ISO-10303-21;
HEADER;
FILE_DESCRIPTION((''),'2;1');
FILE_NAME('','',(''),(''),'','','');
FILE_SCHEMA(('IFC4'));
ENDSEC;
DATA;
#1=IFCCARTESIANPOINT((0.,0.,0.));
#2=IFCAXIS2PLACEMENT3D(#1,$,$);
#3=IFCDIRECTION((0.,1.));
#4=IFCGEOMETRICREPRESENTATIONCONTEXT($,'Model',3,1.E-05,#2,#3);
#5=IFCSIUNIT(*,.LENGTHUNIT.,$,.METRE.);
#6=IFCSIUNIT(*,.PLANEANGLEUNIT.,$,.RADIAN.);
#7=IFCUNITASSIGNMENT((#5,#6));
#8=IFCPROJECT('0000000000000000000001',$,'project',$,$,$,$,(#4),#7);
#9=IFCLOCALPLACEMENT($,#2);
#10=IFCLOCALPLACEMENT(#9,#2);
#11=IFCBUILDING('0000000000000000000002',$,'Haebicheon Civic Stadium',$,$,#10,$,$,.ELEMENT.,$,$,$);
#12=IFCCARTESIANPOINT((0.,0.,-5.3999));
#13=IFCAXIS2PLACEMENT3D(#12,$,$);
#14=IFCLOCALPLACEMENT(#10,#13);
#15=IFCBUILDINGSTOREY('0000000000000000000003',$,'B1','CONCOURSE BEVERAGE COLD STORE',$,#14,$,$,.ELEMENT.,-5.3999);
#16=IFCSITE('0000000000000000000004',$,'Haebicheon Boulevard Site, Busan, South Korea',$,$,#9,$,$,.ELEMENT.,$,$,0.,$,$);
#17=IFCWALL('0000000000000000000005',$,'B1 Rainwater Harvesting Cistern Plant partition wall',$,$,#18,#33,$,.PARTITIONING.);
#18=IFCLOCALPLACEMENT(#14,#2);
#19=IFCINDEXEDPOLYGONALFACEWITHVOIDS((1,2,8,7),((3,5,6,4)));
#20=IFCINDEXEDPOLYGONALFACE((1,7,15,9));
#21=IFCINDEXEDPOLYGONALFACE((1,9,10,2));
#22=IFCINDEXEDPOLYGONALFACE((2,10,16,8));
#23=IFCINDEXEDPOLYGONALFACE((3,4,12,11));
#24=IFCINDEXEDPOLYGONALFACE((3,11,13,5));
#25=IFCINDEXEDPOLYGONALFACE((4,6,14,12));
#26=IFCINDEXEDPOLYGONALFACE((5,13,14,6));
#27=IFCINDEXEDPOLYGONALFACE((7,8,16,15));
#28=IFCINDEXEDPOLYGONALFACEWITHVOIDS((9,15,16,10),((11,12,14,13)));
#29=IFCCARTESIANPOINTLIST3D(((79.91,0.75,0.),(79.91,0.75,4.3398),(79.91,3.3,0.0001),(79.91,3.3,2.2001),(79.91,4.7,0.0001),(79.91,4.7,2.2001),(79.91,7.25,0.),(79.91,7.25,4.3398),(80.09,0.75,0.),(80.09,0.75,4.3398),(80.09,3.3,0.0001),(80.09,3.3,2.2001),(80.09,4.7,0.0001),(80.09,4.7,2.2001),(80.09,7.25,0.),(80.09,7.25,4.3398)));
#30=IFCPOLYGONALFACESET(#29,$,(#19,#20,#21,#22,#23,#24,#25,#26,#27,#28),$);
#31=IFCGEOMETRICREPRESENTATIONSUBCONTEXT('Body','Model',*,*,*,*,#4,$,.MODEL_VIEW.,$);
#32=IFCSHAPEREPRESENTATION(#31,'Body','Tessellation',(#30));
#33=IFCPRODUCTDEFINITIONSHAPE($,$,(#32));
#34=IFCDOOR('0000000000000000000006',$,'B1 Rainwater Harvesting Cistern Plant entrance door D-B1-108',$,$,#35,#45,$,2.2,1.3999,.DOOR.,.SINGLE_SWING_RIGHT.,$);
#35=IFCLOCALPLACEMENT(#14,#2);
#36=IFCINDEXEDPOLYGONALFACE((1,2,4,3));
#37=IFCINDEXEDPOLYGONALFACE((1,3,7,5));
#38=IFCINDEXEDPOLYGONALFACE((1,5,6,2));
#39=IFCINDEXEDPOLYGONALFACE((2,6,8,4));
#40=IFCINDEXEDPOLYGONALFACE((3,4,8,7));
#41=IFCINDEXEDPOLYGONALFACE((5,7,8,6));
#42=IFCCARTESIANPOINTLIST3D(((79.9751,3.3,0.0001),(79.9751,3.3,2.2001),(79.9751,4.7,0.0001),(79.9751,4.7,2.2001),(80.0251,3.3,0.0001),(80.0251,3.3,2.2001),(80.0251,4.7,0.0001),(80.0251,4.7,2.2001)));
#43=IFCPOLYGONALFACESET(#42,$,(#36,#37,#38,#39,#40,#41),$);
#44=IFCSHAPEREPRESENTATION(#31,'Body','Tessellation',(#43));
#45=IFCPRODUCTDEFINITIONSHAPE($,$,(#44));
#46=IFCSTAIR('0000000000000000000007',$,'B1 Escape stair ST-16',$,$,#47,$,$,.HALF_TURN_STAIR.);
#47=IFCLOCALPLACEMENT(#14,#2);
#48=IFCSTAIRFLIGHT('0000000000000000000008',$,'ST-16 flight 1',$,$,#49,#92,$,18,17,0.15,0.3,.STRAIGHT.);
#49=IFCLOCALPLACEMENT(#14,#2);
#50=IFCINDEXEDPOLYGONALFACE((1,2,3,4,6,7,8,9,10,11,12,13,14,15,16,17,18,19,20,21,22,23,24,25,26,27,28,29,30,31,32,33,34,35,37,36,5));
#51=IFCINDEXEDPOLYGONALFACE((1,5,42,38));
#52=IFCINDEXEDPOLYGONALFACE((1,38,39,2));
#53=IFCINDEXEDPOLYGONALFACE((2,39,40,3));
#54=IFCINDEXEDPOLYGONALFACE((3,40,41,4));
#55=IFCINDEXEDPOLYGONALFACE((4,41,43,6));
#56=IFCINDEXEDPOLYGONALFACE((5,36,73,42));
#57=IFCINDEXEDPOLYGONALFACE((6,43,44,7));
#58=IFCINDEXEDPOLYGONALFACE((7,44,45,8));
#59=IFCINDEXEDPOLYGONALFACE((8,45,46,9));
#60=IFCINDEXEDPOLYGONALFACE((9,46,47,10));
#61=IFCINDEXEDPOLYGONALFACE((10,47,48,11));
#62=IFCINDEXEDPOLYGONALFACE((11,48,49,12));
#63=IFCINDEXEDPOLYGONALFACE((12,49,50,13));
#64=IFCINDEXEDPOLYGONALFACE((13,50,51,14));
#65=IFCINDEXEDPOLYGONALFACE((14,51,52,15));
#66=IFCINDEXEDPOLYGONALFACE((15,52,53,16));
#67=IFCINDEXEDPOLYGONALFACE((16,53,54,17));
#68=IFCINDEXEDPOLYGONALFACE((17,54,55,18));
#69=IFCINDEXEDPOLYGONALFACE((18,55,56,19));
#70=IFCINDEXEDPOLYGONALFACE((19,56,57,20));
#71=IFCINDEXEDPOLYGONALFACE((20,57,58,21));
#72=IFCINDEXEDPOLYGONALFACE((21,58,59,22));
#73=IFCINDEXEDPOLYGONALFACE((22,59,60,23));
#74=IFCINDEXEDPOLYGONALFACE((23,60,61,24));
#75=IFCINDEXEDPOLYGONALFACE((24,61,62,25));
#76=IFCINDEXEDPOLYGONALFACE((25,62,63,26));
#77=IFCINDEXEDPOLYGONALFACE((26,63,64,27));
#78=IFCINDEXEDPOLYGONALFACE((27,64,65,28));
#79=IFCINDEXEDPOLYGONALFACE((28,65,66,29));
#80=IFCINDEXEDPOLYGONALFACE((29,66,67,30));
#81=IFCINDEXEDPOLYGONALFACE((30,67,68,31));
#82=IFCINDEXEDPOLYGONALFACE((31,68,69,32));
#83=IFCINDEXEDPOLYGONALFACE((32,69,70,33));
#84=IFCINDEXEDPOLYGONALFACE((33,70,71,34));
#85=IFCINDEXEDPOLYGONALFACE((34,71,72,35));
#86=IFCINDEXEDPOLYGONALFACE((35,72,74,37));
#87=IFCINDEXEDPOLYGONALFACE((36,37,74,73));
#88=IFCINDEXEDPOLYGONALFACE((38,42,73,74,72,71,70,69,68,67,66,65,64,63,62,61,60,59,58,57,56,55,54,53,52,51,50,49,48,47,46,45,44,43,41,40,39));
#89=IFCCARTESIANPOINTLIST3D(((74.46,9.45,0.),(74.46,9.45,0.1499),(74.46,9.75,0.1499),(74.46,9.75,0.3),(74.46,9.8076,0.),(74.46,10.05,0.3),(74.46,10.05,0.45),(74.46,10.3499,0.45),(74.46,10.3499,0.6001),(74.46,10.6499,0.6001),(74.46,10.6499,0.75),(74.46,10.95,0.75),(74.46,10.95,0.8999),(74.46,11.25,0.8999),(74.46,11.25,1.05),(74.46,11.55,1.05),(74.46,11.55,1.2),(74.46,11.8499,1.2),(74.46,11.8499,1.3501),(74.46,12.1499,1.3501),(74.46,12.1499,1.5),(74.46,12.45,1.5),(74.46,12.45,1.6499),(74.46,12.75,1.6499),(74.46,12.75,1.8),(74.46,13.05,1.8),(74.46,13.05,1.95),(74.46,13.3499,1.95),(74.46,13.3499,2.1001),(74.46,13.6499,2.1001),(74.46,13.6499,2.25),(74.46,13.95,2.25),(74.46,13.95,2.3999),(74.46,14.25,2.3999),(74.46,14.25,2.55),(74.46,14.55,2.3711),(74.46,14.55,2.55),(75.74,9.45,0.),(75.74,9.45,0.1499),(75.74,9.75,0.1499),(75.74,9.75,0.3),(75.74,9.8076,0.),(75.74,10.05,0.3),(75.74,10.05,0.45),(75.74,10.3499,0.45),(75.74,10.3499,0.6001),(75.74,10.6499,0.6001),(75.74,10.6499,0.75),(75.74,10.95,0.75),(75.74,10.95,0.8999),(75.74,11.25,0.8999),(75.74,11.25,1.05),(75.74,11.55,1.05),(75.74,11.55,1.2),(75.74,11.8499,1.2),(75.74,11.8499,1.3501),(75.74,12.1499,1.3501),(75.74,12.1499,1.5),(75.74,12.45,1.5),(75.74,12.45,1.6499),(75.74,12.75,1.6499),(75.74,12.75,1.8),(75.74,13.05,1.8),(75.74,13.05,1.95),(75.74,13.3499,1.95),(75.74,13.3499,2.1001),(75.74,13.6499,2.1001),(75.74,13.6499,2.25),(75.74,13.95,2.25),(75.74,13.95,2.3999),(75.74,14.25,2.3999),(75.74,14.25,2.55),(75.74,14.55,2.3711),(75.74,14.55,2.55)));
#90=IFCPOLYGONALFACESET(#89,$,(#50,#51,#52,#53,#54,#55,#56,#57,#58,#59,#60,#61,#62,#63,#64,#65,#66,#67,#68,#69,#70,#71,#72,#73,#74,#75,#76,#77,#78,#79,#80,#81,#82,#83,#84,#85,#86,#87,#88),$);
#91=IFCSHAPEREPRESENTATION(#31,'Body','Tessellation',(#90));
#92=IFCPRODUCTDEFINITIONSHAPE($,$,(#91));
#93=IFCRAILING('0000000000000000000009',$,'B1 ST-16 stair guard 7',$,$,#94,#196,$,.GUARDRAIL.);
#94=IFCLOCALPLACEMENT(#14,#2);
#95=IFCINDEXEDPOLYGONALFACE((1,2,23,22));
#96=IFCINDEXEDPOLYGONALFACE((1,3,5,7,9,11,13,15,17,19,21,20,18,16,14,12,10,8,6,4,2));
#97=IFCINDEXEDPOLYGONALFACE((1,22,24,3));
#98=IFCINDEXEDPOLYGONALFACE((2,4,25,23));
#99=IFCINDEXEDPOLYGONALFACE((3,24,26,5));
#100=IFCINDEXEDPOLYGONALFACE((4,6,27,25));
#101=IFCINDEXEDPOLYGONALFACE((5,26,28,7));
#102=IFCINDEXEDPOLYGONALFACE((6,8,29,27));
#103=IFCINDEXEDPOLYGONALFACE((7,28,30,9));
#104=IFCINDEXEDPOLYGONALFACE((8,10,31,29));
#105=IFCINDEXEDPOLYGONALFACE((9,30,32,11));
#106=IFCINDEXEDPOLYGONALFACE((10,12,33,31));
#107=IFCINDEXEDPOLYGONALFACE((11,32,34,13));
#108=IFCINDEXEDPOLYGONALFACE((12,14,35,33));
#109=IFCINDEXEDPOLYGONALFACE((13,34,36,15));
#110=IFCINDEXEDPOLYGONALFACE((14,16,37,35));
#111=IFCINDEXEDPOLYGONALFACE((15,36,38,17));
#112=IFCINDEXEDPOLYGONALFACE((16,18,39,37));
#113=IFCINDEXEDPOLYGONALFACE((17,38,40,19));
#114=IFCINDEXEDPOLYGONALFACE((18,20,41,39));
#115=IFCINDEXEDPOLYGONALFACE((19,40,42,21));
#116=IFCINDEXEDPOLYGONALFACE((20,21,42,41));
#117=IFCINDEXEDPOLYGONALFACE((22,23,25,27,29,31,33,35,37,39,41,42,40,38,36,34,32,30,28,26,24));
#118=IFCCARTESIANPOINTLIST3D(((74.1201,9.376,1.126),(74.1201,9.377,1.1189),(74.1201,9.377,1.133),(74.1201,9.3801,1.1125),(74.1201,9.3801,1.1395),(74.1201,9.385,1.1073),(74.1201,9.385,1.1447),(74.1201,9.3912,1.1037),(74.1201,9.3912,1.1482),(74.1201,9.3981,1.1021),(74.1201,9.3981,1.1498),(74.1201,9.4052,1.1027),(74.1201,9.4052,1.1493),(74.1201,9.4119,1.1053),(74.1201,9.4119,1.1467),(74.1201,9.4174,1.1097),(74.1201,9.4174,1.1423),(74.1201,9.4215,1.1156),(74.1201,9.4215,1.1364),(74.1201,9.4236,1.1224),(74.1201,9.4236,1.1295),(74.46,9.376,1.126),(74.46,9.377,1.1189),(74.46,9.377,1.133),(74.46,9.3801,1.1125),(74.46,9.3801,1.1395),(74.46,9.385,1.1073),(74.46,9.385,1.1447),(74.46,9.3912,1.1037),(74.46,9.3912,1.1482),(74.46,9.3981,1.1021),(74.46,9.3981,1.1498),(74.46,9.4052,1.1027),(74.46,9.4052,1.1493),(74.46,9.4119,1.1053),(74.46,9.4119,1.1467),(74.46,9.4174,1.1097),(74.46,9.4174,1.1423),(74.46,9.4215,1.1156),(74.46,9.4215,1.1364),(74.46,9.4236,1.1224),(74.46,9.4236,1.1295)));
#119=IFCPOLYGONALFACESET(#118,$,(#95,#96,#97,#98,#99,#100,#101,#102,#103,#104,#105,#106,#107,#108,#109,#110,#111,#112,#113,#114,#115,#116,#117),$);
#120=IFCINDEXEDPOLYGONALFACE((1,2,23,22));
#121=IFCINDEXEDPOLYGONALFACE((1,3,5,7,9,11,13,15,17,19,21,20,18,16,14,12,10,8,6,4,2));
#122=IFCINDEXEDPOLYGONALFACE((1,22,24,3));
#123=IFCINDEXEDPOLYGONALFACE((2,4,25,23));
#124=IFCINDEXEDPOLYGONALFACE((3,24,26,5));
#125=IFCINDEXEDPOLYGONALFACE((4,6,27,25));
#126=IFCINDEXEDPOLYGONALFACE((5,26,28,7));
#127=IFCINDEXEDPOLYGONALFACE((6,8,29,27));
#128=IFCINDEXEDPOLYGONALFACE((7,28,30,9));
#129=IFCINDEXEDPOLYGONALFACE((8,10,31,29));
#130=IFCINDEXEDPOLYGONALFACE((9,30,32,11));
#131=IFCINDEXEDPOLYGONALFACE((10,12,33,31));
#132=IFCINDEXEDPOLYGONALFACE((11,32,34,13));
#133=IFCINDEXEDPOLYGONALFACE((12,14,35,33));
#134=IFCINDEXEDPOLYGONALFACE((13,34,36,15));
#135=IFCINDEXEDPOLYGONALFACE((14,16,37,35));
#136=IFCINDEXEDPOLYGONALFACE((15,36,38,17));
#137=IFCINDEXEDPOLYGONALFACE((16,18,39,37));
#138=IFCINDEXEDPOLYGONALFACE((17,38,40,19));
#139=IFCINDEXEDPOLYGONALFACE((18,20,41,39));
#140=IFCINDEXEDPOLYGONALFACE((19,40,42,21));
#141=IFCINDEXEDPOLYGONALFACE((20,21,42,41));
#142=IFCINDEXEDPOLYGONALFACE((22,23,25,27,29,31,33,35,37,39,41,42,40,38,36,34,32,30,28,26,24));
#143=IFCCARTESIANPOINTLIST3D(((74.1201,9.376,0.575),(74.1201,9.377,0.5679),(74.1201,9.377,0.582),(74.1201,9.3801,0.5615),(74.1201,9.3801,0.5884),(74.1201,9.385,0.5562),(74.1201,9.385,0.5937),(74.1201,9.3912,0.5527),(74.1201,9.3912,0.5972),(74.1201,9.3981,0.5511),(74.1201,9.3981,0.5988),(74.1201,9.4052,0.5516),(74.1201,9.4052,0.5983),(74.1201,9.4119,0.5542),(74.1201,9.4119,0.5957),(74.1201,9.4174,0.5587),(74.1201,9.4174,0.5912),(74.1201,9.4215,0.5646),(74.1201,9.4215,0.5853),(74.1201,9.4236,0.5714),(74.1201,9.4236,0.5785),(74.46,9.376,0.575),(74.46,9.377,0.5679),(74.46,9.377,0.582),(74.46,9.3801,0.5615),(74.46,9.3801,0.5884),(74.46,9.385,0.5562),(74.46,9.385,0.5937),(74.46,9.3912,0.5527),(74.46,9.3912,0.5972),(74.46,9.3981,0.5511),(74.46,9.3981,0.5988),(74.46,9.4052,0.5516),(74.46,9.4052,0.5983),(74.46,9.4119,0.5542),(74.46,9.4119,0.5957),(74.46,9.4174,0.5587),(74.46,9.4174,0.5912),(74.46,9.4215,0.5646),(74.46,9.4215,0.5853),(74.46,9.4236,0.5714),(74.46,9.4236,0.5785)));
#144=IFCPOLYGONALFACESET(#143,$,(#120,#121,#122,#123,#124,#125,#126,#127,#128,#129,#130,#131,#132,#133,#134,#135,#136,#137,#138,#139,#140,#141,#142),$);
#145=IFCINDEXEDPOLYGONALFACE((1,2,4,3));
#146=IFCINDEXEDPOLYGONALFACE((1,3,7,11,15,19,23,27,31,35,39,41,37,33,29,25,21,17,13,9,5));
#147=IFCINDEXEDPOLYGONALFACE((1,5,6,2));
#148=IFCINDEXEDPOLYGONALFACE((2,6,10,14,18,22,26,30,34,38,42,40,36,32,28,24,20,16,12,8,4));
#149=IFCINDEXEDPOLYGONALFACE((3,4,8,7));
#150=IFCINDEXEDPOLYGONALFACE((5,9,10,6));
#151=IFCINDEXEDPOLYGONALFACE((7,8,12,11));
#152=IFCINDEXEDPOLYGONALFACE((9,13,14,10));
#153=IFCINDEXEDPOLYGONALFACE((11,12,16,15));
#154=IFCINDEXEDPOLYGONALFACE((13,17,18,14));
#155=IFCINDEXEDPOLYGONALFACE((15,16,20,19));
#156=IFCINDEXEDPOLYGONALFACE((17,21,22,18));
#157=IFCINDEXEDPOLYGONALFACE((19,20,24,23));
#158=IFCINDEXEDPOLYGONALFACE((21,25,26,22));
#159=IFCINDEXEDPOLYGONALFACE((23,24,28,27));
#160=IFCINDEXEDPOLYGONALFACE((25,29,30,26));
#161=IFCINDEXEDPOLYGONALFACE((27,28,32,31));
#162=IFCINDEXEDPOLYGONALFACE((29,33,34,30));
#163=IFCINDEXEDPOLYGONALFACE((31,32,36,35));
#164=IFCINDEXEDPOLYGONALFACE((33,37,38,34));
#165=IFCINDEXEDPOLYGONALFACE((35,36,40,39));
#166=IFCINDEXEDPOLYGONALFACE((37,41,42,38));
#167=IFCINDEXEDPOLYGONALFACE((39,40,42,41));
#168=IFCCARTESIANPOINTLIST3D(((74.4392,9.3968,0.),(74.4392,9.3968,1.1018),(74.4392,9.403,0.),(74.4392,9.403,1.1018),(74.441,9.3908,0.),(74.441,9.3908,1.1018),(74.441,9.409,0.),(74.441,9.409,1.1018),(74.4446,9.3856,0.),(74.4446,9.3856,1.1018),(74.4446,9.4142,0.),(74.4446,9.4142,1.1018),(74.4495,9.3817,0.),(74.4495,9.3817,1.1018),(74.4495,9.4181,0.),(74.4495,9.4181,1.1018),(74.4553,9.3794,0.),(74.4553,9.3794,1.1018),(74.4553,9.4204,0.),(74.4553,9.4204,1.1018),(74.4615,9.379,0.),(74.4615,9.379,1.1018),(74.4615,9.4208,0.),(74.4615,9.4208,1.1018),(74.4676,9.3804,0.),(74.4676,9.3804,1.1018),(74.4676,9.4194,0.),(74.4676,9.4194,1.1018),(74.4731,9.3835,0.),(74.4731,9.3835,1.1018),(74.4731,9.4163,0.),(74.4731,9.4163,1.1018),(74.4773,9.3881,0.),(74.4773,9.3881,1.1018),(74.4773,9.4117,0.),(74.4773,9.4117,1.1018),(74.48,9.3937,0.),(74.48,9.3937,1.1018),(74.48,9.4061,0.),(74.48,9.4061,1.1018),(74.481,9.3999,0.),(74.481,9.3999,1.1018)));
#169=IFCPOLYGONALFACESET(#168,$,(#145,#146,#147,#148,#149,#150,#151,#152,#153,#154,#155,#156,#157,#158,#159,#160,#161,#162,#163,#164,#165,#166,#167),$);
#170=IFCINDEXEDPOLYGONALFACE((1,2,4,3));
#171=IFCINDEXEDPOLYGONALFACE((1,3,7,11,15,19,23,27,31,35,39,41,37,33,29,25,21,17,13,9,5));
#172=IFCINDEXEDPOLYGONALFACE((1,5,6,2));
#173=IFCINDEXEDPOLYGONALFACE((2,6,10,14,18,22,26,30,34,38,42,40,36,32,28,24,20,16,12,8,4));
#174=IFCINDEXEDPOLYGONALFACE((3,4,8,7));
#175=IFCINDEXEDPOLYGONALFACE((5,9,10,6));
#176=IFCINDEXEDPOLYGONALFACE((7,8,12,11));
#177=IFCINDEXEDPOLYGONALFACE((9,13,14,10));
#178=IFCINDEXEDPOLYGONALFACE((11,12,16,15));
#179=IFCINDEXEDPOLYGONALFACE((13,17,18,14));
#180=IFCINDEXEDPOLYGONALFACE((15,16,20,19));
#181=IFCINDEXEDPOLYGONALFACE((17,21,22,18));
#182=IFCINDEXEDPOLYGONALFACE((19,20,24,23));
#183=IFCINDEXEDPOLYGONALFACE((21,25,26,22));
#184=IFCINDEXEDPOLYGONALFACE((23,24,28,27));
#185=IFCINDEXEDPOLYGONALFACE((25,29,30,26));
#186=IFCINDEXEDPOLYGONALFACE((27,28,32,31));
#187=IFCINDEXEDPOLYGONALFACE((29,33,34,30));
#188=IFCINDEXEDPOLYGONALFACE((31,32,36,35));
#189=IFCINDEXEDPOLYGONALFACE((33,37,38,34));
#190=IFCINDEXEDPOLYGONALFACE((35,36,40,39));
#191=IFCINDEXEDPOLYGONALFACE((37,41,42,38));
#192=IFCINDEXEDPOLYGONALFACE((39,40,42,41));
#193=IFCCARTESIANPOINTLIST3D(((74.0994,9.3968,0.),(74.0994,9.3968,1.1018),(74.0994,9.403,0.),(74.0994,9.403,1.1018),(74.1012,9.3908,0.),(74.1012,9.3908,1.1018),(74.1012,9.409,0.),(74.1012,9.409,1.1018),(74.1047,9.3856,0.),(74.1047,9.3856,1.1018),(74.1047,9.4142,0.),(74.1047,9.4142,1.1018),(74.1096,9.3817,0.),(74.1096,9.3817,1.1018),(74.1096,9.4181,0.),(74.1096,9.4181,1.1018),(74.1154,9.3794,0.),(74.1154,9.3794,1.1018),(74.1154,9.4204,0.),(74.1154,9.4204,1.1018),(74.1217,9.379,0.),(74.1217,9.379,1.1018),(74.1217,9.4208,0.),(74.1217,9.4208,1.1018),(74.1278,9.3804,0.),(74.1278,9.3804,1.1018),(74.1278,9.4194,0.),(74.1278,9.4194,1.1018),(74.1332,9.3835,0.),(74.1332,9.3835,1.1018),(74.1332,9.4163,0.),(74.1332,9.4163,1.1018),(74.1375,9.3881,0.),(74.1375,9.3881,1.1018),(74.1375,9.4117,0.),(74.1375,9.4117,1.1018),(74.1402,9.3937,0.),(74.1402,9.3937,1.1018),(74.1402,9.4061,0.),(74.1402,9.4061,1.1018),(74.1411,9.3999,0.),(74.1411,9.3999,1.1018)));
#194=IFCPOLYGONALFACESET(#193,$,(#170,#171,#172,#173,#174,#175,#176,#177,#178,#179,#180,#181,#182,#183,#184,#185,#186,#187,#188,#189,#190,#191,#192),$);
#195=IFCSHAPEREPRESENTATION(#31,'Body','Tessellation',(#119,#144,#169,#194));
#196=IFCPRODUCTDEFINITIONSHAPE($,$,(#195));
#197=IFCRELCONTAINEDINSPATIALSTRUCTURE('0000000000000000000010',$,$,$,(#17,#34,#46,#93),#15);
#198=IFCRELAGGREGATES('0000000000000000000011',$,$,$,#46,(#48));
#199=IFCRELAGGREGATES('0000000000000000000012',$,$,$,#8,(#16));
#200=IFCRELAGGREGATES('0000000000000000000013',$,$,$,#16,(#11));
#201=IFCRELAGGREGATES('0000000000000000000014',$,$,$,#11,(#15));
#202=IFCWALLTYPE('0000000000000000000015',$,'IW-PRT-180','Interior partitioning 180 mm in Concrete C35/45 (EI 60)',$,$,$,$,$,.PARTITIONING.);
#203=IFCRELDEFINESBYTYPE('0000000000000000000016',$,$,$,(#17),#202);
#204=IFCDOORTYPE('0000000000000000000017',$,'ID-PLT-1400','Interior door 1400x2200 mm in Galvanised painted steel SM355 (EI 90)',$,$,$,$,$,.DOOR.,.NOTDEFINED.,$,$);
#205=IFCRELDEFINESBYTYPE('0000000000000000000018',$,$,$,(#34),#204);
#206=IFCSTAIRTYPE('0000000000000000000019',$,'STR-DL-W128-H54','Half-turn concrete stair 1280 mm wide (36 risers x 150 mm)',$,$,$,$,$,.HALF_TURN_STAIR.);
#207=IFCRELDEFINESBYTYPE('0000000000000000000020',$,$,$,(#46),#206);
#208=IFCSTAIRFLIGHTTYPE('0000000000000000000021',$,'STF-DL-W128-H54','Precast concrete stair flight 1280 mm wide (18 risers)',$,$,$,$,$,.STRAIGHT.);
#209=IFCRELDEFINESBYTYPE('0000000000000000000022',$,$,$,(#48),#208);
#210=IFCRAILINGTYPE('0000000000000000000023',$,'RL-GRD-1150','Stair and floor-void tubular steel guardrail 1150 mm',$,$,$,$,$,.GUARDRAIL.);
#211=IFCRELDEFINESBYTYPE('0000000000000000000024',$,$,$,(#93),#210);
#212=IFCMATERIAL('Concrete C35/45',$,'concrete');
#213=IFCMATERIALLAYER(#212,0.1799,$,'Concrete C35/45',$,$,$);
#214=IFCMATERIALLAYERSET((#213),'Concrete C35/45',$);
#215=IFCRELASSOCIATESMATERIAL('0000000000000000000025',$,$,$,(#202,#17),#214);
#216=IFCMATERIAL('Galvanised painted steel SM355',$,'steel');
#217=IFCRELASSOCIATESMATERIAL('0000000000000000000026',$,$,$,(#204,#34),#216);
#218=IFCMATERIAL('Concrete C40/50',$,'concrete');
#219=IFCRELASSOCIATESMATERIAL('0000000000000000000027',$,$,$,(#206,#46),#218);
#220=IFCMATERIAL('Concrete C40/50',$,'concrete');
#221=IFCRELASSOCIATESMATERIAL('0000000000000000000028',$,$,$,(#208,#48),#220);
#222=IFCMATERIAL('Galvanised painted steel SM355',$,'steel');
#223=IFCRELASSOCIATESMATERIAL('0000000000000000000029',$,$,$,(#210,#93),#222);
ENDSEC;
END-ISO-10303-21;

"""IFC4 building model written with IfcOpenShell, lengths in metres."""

from ifc_helpers import new_model, si_unit, direction, frame, frame_2d, origin, origin_2d, place, context, subcontext, project, spatial, polyline, rectangle, circle, outline, extrude, material, layer, layer_set, type_object, element, fill, aggregate, save


model = new_model("IFC4")

# Units and contexts
model_context = context("Model", 3, precision=1e-05, world=origin(), true_north=direction((0.0, 1.0)))
body_context = subcontext(model_context, "Body", "Model", "MODEL_VIEW")
ifc_project = project(units=[si_unit("LENGTHUNIT", "METRE"), si_unit("PLANEANGLEUNIT", "RADIAN")], contexts=[model_context])

# Site, building, storey
site_placement = place(None, origin())
site = spatial("IfcSite", under=ifc_project, at=site_placement, Name="Haebicheon Boulevard Site, Busan, South Korea", CompositionType="ELEMENT", RefElevation=0.0)
building_placement = place(site_placement, origin())
building = spatial("IfcBuilding", under=site, at=building_placement, Name="Haebicheon Civic Stadium", CompositionType="ELEMENT")
storey_placement = place(building_placement, frame((0.0, 0.0, -5.3999)))
storey = spatial("IfcBuildingStorey", under=building, at=storey_placement, Name="B1", Description="CONCOURSE BEVERAGE COLD STORE", CompositionType="ELEMENT", Elevation=-5.3999)

# Wall, opening, door
ifc_material_1 = material(Name="Concrete C35/45", Category="concrete")
ifc_layer_1 = layer(ifc_material_1, 0.1799, Name="Concrete C35/45")
ifc_layer_set_1 = layer_set([ifc_layer_1], Name="Concrete C35/45")
wall_type_1 = type_object("IfcWallType", Name="IW-PRT-180", Description="Interior partitioning 180 mm in Concrete C35/45 (EI 60)", PredefinedType="PARTITIONING", material=ifc_layer_set_1)
wall_1_placement = place(storey_placement, frame((80.0, 0.75, 0.0), z_axis=(0.0, 0.0, 1.0), x_axis=(0.0, 1.0, 0.0)))
wall_1 = element("IfcWall", 1, at=wall_1_placement, inside=storey, type_object=wall_type_1, material=ifc_layer_set_1, Name="B1 Rainwater Harvesting Cistern Plant partition wall", PredefinedType="PARTITIONING", context=body_context, shape_type="SweptSolid", body=[
    extrude(rectangle(XDim=6.5, YDim=0.1799, at=frame_2d((3.25, 0.0))), origin(), (0.0, 0.0, 1.0), 4.3398),
])
opening_1_placement = place(wall_1_placement, frame((2.55, 0.0, 0.0)))
opening_1 = element("IfcOpeningElement", 2, at=opening_1_placement, cuts=wall_1, PredefinedType="OPENING", context=body_context, shape_type="SweptSolid", body=[
    extrude(rectangle(XDim=1.3999, YDim=2.2, at=frame_2d((0.7, 1.1001))), frame((0.0, 0.0999, 0.0), z_axis=(0.0, -1.0, 0.0), x_axis=(1.0, 0.0, 0.0)), (0.0, 0.0, 1.0), 0.2),
])
ifc_material_2 = material(Name="Galvanised painted steel SM355", Category="steel")
door_type_1 = type_object("IfcDoorType", Name="ID-PLT-1400", Description="Interior door 1400x2200 mm in Galvanised painted steel SM355 (EI 90)", OperationType="NOTDEFINED", PredefinedType="DOOR", material=ifc_material_2)
door_1_placement = place(opening_1_placement, origin())
door_1 = element("IfcDoor", 3, at=door_1_placement, inside=storey, type_object=door_type_1, material=ifc_material_2, Name="B1 Rainwater Harvesting Cistern Plant entrance door D-B1-108", OperationType="SINGLE_SWING_RIGHT", OverallHeight=2.2, OverallWidth=1.3999, PredefinedType="DOOR", context=body_context, shape_type="SweptSolid", body=[
    extrude(rectangle(XDim=1.3999, YDim=2.2, at=frame_2d((0.7, 1.1001))), frame((0.0, 0.0249, 0.0), z_axis=(0.0, -1.0, 0.0), x_axis=(1.0, 0.0, 0.0)), (0.0, 0.0, 1.0), 0.05),
])
fill(opening_1, door_1)

# Stair, stair flight
ifc_material_3 = material(Name="Concrete C40/50", Category="concrete")
stair_type = type_object("IfcStairType", Name="STR-DL-W128-H54", Description="Half-turn concrete stair 1280 mm wide (36 risers x 150 mm)", PredefinedType="HALF_TURN_STAIR", material=ifc_material_3)
stair_placement = place(storey_placement, origin())
stair = element("IfcStair", 4, at=stair_placement, inside=storey, type_object=stair_type, material=ifc_material_3, Name="B1 Escape stair ST-16", PredefinedType="HALF_TURN_STAIR")
ifc_material_4 = material(Name="Concrete C40/50", Category="concrete")
stair_flight_type = type_object("IfcStairFlightType", Name="STF-DL-W128-H54", Description="Precast concrete stair flight 1280 mm wide (18 risers)", PredefinedType="STRAIGHT", material=ifc_material_4)
stair_flight_placement = place(storey_placement, frame((75.1001, 9.45, 0.0), z_axis=(0.0, 0.0, 1.0), x_axis=(0.0, 1.0, 0.0)))
stair_flight = element("IfcStairFlight", 5, at=stair_flight_placement, type_object=stair_flight_type, material=ifc_material_4, Name="ST-16 flight 1", NumberOfRisers=18, NumberOfTreads=17, PredefinedType="STRAIGHT", RiserHeight=0.15, TreadLength=0.3, context=body_context, shape_type="SweptSolid", body=[
    extrude(outline(polyline([(0.0, 0.0), (0.0, 0.1499), (0.3, 0.1499), (0.3, 0.3), (0.6001, 0.3), (0.6001, 0.45), (0.8999, 0.45), (0.8999, 0.6001), (1.2, 0.6001), (1.2, 0.75), (1.5, 0.75), (1.5, 0.8999), (1.8, 0.8999), (1.8, 1.05), (2.1001, 1.05), (2.1001, 1.2), (2.3999, 1.2), (2.3999, 1.3501), (2.7, 1.3501), (2.7, 1.5), (3.0, 1.5), (3.0, 1.6499), (3.3, 1.6499), (3.3, 1.8), (3.6001, 1.8), (3.6001, 1.95), (3.8999, 1.95), (3.8999, 2.1001), (4.2, 2.1001), (4.2, 2.25), (4.5, 2.25), (4.5, 2.3999), (4.8, 2.3999), (4.8, 2.55), (5.1001, 2.55), (5.1001, 2.7), (5.1001, 2.3711), (0.3577, 0.0), (0.0, 0.0)])), frame((0.0, 0.6401, 0.0), z_axis=(0.0, -1.0, 0.0), x_axis=(1.0, 0.0, 0.0)), (0.0, 0.0, 1.0), 1.28),
])
aggregate(stair, [stair_flight])

# Railing
ifc_material_5 = material(Name="Galvanised painted steel SM355", Category="steel")
railing_type = type_object("IfcRailingType", Name="RL-GRD-1150", Description="Stair and floor-void tubular steel guardrail 1150 mm", PredefinedType="GUARDRAIL", material=ifc_material_5)
railing_1_placement = place(storey_placement, frame((74.46, 9.3999, 0.0)))
element("IfcRailing", 6, at=railing_1_placement, inside=storey, type_object=railing_type, material=ifc_material_5, Name="B1 ST-16 stair guard 7", PredefinedType="GUARDRAIL", context=body_context, shape_type="SweptSolid", body=[
    extrude(circle(Radius=0.0239, at=origin_2d()), frame((0.0, 0.0, 1.126), z_axis=(-1.0, 0.0, 0.0), x_axis=(0.0, -1.0, 0.0)), (0.0, 0.0, 1.0), 0.3398),
    extrude(circle(Radius=0.0239, at=origin_2d()), frame((0.0, 0.0, 0.575), z_axis=(-1.0, 0.0, 0.0), x_axis=(0.0, -1.0, 0.0)), (0.0, 0.0, 1.0), 0.3398),
    extrude(circle(Radius=0.021, at=origin_2d()), origin(), (0.0, 0.0, 1.0), 1.1018),
    extrude(circle(Radius=0.021, at=origin_2d()), frame((-0.3398, 0.0, 0.0)), (0.0, 0.0, 1.0), 1.1018),
])

save(model, "model.ifc")
